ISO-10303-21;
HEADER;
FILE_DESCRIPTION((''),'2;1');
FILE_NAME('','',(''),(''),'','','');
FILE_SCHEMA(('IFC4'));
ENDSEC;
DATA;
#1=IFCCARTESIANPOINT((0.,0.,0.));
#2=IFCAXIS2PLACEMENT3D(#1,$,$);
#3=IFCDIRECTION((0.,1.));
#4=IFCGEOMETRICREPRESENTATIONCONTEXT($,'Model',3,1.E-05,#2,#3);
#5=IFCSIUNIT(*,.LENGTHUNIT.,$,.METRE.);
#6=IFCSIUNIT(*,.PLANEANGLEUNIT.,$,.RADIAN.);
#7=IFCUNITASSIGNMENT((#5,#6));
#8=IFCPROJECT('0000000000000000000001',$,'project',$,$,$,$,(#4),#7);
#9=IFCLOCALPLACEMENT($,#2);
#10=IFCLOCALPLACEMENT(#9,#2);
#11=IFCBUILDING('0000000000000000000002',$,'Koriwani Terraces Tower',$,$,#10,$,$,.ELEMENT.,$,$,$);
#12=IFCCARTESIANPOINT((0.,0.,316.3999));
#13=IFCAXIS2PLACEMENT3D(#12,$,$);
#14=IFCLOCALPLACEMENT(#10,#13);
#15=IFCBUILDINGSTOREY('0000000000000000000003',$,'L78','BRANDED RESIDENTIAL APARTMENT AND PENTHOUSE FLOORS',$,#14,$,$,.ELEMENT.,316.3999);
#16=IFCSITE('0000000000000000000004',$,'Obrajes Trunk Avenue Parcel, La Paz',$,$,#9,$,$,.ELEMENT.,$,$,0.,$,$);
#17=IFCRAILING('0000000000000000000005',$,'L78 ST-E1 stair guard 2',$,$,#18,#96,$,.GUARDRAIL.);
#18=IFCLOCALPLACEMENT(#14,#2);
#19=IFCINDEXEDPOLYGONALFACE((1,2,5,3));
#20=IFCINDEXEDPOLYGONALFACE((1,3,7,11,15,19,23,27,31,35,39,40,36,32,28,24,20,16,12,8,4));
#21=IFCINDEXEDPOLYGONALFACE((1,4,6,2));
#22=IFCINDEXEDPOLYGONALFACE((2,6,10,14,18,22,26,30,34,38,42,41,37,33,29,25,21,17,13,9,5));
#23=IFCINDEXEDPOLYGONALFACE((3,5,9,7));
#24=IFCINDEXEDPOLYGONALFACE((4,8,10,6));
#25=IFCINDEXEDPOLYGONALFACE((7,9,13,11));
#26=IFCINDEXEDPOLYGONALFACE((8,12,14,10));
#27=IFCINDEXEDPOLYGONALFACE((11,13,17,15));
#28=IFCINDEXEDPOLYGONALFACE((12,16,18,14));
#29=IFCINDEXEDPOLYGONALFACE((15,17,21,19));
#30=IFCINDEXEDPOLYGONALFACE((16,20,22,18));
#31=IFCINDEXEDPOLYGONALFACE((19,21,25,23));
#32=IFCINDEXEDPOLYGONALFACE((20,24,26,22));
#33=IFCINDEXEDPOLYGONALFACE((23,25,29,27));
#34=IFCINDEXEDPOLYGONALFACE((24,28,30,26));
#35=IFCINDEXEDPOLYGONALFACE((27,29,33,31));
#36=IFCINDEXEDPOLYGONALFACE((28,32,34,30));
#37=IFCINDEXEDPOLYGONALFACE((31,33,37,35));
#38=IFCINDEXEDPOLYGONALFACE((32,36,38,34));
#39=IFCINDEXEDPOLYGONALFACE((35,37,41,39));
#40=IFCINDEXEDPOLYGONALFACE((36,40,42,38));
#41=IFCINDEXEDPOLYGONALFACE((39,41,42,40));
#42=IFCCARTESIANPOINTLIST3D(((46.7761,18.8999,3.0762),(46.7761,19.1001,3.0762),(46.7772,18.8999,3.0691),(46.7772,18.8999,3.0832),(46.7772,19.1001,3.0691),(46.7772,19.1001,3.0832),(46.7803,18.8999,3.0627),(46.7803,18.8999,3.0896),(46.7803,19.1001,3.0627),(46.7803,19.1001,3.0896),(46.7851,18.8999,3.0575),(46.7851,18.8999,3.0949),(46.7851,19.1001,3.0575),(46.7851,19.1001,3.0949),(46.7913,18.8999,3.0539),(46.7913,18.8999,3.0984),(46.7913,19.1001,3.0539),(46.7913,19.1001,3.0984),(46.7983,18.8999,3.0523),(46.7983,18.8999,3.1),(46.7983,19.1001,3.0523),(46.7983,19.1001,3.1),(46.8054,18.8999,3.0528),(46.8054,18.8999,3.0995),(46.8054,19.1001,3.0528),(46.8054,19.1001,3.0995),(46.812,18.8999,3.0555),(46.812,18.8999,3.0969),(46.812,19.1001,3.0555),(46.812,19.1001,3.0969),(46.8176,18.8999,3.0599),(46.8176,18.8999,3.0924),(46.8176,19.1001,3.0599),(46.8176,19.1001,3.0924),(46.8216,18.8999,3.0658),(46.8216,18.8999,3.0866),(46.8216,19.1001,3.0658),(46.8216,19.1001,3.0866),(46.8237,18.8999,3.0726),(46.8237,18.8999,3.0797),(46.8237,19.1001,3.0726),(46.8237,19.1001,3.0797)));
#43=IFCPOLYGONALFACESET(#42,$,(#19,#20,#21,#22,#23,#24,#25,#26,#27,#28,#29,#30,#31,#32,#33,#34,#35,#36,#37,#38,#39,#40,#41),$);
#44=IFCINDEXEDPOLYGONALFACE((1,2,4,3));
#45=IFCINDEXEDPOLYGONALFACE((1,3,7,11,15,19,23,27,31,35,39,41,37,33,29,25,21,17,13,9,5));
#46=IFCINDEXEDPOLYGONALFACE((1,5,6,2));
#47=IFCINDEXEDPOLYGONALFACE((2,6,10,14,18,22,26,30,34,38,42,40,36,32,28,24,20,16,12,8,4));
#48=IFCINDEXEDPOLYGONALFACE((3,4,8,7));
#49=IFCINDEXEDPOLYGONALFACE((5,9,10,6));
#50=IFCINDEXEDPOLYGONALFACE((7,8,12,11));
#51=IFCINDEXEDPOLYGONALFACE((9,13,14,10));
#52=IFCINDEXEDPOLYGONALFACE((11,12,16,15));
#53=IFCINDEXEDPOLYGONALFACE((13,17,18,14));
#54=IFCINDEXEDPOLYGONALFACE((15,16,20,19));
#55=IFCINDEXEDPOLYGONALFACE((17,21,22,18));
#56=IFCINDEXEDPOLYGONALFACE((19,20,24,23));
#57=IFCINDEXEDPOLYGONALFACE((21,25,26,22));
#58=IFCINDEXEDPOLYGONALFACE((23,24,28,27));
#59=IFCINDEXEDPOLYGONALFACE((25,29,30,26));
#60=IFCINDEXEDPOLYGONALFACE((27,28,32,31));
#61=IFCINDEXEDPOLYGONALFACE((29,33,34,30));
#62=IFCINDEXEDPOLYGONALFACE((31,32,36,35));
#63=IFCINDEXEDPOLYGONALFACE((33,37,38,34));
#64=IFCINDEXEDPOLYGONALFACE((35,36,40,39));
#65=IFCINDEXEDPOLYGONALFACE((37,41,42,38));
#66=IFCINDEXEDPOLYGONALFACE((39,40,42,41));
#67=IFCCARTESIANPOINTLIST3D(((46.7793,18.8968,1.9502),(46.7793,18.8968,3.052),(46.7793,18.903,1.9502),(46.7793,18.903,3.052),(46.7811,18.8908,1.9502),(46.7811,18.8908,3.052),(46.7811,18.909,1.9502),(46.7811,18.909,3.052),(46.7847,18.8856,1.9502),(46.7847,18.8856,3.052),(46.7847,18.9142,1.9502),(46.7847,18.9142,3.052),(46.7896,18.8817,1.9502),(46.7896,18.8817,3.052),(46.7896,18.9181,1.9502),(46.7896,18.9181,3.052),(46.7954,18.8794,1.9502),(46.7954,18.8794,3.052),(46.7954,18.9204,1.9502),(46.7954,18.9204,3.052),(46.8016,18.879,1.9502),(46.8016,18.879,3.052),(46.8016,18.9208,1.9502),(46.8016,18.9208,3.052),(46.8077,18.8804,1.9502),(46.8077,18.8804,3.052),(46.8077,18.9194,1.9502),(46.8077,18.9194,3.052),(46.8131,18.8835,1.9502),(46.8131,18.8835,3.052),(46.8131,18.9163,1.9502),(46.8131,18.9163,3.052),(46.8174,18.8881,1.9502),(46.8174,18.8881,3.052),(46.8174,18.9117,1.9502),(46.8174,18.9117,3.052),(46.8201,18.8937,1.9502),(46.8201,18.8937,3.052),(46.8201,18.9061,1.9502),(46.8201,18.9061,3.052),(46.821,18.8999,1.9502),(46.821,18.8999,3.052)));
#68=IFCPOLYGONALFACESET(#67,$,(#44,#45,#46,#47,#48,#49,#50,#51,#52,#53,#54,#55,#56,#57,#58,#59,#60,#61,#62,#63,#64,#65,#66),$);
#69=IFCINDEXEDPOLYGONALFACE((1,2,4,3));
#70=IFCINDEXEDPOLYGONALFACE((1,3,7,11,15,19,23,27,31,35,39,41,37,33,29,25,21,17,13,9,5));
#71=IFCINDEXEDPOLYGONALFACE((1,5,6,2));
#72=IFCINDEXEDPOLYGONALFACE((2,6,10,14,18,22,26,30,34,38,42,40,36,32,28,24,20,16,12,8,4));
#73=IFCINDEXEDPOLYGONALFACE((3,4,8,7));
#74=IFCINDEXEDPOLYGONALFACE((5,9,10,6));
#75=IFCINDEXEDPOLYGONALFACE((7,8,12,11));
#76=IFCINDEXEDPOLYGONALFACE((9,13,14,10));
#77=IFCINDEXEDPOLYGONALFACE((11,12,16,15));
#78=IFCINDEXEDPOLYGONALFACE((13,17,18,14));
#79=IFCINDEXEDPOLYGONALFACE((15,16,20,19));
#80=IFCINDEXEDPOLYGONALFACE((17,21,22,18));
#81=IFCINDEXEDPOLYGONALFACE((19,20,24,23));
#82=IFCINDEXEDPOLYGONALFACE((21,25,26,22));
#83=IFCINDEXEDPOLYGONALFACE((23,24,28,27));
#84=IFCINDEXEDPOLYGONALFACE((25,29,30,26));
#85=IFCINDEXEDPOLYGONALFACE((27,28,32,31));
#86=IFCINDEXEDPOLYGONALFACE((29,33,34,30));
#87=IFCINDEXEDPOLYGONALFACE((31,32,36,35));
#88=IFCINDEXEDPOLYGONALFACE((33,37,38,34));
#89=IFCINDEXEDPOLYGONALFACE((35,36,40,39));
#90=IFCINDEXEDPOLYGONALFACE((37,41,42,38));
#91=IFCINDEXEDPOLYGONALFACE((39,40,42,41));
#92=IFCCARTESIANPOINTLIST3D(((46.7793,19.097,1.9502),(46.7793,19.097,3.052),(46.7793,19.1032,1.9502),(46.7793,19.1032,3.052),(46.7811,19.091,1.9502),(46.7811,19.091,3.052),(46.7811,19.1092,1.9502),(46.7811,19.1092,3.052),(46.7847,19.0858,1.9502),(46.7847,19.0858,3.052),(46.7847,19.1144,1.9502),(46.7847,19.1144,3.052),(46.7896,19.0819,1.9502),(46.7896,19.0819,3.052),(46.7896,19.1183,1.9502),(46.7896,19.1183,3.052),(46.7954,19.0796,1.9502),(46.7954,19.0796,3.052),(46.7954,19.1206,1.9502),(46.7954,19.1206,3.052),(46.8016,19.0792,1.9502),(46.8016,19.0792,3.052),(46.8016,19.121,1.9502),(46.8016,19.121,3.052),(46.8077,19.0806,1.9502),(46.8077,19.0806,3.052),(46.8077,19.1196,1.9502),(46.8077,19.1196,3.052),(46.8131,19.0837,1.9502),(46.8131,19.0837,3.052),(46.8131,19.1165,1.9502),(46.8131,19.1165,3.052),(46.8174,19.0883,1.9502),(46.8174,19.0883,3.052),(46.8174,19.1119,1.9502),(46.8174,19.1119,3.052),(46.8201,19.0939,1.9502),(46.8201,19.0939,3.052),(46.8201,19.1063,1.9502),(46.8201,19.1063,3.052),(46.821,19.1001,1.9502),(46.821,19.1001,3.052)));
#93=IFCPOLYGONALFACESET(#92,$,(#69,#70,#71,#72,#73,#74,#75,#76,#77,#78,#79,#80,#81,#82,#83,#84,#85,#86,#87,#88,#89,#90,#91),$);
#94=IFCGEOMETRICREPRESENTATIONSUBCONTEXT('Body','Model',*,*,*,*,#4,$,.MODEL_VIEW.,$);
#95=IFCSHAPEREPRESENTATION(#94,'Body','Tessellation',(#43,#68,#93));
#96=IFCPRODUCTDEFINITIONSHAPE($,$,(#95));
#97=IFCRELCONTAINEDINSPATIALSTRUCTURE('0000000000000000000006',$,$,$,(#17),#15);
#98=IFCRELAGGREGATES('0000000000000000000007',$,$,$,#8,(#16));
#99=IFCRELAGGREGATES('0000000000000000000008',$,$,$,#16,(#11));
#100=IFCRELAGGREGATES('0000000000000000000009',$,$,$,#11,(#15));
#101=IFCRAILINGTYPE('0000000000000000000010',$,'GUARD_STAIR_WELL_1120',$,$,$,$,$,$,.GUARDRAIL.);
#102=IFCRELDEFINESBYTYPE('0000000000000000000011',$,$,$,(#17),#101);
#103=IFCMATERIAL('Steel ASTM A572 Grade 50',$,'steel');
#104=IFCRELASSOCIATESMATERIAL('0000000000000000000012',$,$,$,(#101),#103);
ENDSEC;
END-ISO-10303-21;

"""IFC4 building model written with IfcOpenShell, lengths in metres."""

from ifc_helpers import new_model, si_unit, direction, frame, origin, origin_2d, place, context, subcontext, project, spatial, circle, extrude, material, type_object, element, save


model = new_model("IFC4")

# Units and contexts
model_context = context("Model", 3, precision=1e-05, world=origin(), true_north=direction((0.0, 1.0)))
body_context = subcontext(model_context, "Body", "Model", "MODEL_VIEW")
ifc_project = project(units=[si_unit("LENGTHUNIT", "METRE"), si_unit("PLANEANGLEUNIT", "RADIAN")], contexts=[model_context])

# Site, building, storey
site_placement = place(None, origin())
site = spatial("IfcSite", under=ifc_project, at=site_placement, Name="Obrajes Trunk Avenue Parcel, La Paz", CompositionType="ELEMENT", RefElevation=0.0)
building_placement = place(site_placement, origin())
building = spatial("IfcBuilding", under=site, at=building_placement, Name="Koriwani Terraces Tower", CompositionType="ELEMENT")
storey_placement = place(building_placement, frame((0.0, 0.0, 316.3999)))
storey = spatial("IfcBuildingStorey", under=building, at=storey_placement, Name="L78", Description="BRANDED RESIDENTIAL APARTMENT AND PENTHOUSE FLOORS", CompositionType="ELEMENT", Elevation=316.3999)

# Shared definitions
ifc_material_1 = material(Name="Steel ASTM A572 Grade 50", Category="steel")

# Railing
railing_type_1 = type_object("IfcRailingType", Name="GUARD_STAIR_WELL_1120", PredefinedType="GUARDRAIL", material=ifc_material_1)
railing_1_placement = place(storey_placement, frame((46.8, 18.8999, 1.9502)))
element("IfcRailing", 1, at=railing_1_placement, inside=storey, type_object=railing_type_1, Name="L78 ST-E1 stair guard 2", PredefinedType="GUARDRAIL", context=body_context, shape_type="SweptSolid", body=[
    extrude(circle(Radius=0.0239, at=origin_2d()), frame((0.0, 0.0, 1.126), z_axis=(0.0, 1.0, 0.0), x_axis=(-1.0, 0.0, 0.0)), (0.0, 0.0, 1.0), 0.2002),
    extrude(circle(Radius=0.021, at=origin_2d()), origin(), (0.0, 0.0, 1.0), 1.1018),
    extrude(circle(Radius=0.021, at=origin_2d()), frame((0.0, 0.2002, 0.0)), (0.0, 0.0, 1.0), 1.1018),
])

save(model, "model.ifc")
